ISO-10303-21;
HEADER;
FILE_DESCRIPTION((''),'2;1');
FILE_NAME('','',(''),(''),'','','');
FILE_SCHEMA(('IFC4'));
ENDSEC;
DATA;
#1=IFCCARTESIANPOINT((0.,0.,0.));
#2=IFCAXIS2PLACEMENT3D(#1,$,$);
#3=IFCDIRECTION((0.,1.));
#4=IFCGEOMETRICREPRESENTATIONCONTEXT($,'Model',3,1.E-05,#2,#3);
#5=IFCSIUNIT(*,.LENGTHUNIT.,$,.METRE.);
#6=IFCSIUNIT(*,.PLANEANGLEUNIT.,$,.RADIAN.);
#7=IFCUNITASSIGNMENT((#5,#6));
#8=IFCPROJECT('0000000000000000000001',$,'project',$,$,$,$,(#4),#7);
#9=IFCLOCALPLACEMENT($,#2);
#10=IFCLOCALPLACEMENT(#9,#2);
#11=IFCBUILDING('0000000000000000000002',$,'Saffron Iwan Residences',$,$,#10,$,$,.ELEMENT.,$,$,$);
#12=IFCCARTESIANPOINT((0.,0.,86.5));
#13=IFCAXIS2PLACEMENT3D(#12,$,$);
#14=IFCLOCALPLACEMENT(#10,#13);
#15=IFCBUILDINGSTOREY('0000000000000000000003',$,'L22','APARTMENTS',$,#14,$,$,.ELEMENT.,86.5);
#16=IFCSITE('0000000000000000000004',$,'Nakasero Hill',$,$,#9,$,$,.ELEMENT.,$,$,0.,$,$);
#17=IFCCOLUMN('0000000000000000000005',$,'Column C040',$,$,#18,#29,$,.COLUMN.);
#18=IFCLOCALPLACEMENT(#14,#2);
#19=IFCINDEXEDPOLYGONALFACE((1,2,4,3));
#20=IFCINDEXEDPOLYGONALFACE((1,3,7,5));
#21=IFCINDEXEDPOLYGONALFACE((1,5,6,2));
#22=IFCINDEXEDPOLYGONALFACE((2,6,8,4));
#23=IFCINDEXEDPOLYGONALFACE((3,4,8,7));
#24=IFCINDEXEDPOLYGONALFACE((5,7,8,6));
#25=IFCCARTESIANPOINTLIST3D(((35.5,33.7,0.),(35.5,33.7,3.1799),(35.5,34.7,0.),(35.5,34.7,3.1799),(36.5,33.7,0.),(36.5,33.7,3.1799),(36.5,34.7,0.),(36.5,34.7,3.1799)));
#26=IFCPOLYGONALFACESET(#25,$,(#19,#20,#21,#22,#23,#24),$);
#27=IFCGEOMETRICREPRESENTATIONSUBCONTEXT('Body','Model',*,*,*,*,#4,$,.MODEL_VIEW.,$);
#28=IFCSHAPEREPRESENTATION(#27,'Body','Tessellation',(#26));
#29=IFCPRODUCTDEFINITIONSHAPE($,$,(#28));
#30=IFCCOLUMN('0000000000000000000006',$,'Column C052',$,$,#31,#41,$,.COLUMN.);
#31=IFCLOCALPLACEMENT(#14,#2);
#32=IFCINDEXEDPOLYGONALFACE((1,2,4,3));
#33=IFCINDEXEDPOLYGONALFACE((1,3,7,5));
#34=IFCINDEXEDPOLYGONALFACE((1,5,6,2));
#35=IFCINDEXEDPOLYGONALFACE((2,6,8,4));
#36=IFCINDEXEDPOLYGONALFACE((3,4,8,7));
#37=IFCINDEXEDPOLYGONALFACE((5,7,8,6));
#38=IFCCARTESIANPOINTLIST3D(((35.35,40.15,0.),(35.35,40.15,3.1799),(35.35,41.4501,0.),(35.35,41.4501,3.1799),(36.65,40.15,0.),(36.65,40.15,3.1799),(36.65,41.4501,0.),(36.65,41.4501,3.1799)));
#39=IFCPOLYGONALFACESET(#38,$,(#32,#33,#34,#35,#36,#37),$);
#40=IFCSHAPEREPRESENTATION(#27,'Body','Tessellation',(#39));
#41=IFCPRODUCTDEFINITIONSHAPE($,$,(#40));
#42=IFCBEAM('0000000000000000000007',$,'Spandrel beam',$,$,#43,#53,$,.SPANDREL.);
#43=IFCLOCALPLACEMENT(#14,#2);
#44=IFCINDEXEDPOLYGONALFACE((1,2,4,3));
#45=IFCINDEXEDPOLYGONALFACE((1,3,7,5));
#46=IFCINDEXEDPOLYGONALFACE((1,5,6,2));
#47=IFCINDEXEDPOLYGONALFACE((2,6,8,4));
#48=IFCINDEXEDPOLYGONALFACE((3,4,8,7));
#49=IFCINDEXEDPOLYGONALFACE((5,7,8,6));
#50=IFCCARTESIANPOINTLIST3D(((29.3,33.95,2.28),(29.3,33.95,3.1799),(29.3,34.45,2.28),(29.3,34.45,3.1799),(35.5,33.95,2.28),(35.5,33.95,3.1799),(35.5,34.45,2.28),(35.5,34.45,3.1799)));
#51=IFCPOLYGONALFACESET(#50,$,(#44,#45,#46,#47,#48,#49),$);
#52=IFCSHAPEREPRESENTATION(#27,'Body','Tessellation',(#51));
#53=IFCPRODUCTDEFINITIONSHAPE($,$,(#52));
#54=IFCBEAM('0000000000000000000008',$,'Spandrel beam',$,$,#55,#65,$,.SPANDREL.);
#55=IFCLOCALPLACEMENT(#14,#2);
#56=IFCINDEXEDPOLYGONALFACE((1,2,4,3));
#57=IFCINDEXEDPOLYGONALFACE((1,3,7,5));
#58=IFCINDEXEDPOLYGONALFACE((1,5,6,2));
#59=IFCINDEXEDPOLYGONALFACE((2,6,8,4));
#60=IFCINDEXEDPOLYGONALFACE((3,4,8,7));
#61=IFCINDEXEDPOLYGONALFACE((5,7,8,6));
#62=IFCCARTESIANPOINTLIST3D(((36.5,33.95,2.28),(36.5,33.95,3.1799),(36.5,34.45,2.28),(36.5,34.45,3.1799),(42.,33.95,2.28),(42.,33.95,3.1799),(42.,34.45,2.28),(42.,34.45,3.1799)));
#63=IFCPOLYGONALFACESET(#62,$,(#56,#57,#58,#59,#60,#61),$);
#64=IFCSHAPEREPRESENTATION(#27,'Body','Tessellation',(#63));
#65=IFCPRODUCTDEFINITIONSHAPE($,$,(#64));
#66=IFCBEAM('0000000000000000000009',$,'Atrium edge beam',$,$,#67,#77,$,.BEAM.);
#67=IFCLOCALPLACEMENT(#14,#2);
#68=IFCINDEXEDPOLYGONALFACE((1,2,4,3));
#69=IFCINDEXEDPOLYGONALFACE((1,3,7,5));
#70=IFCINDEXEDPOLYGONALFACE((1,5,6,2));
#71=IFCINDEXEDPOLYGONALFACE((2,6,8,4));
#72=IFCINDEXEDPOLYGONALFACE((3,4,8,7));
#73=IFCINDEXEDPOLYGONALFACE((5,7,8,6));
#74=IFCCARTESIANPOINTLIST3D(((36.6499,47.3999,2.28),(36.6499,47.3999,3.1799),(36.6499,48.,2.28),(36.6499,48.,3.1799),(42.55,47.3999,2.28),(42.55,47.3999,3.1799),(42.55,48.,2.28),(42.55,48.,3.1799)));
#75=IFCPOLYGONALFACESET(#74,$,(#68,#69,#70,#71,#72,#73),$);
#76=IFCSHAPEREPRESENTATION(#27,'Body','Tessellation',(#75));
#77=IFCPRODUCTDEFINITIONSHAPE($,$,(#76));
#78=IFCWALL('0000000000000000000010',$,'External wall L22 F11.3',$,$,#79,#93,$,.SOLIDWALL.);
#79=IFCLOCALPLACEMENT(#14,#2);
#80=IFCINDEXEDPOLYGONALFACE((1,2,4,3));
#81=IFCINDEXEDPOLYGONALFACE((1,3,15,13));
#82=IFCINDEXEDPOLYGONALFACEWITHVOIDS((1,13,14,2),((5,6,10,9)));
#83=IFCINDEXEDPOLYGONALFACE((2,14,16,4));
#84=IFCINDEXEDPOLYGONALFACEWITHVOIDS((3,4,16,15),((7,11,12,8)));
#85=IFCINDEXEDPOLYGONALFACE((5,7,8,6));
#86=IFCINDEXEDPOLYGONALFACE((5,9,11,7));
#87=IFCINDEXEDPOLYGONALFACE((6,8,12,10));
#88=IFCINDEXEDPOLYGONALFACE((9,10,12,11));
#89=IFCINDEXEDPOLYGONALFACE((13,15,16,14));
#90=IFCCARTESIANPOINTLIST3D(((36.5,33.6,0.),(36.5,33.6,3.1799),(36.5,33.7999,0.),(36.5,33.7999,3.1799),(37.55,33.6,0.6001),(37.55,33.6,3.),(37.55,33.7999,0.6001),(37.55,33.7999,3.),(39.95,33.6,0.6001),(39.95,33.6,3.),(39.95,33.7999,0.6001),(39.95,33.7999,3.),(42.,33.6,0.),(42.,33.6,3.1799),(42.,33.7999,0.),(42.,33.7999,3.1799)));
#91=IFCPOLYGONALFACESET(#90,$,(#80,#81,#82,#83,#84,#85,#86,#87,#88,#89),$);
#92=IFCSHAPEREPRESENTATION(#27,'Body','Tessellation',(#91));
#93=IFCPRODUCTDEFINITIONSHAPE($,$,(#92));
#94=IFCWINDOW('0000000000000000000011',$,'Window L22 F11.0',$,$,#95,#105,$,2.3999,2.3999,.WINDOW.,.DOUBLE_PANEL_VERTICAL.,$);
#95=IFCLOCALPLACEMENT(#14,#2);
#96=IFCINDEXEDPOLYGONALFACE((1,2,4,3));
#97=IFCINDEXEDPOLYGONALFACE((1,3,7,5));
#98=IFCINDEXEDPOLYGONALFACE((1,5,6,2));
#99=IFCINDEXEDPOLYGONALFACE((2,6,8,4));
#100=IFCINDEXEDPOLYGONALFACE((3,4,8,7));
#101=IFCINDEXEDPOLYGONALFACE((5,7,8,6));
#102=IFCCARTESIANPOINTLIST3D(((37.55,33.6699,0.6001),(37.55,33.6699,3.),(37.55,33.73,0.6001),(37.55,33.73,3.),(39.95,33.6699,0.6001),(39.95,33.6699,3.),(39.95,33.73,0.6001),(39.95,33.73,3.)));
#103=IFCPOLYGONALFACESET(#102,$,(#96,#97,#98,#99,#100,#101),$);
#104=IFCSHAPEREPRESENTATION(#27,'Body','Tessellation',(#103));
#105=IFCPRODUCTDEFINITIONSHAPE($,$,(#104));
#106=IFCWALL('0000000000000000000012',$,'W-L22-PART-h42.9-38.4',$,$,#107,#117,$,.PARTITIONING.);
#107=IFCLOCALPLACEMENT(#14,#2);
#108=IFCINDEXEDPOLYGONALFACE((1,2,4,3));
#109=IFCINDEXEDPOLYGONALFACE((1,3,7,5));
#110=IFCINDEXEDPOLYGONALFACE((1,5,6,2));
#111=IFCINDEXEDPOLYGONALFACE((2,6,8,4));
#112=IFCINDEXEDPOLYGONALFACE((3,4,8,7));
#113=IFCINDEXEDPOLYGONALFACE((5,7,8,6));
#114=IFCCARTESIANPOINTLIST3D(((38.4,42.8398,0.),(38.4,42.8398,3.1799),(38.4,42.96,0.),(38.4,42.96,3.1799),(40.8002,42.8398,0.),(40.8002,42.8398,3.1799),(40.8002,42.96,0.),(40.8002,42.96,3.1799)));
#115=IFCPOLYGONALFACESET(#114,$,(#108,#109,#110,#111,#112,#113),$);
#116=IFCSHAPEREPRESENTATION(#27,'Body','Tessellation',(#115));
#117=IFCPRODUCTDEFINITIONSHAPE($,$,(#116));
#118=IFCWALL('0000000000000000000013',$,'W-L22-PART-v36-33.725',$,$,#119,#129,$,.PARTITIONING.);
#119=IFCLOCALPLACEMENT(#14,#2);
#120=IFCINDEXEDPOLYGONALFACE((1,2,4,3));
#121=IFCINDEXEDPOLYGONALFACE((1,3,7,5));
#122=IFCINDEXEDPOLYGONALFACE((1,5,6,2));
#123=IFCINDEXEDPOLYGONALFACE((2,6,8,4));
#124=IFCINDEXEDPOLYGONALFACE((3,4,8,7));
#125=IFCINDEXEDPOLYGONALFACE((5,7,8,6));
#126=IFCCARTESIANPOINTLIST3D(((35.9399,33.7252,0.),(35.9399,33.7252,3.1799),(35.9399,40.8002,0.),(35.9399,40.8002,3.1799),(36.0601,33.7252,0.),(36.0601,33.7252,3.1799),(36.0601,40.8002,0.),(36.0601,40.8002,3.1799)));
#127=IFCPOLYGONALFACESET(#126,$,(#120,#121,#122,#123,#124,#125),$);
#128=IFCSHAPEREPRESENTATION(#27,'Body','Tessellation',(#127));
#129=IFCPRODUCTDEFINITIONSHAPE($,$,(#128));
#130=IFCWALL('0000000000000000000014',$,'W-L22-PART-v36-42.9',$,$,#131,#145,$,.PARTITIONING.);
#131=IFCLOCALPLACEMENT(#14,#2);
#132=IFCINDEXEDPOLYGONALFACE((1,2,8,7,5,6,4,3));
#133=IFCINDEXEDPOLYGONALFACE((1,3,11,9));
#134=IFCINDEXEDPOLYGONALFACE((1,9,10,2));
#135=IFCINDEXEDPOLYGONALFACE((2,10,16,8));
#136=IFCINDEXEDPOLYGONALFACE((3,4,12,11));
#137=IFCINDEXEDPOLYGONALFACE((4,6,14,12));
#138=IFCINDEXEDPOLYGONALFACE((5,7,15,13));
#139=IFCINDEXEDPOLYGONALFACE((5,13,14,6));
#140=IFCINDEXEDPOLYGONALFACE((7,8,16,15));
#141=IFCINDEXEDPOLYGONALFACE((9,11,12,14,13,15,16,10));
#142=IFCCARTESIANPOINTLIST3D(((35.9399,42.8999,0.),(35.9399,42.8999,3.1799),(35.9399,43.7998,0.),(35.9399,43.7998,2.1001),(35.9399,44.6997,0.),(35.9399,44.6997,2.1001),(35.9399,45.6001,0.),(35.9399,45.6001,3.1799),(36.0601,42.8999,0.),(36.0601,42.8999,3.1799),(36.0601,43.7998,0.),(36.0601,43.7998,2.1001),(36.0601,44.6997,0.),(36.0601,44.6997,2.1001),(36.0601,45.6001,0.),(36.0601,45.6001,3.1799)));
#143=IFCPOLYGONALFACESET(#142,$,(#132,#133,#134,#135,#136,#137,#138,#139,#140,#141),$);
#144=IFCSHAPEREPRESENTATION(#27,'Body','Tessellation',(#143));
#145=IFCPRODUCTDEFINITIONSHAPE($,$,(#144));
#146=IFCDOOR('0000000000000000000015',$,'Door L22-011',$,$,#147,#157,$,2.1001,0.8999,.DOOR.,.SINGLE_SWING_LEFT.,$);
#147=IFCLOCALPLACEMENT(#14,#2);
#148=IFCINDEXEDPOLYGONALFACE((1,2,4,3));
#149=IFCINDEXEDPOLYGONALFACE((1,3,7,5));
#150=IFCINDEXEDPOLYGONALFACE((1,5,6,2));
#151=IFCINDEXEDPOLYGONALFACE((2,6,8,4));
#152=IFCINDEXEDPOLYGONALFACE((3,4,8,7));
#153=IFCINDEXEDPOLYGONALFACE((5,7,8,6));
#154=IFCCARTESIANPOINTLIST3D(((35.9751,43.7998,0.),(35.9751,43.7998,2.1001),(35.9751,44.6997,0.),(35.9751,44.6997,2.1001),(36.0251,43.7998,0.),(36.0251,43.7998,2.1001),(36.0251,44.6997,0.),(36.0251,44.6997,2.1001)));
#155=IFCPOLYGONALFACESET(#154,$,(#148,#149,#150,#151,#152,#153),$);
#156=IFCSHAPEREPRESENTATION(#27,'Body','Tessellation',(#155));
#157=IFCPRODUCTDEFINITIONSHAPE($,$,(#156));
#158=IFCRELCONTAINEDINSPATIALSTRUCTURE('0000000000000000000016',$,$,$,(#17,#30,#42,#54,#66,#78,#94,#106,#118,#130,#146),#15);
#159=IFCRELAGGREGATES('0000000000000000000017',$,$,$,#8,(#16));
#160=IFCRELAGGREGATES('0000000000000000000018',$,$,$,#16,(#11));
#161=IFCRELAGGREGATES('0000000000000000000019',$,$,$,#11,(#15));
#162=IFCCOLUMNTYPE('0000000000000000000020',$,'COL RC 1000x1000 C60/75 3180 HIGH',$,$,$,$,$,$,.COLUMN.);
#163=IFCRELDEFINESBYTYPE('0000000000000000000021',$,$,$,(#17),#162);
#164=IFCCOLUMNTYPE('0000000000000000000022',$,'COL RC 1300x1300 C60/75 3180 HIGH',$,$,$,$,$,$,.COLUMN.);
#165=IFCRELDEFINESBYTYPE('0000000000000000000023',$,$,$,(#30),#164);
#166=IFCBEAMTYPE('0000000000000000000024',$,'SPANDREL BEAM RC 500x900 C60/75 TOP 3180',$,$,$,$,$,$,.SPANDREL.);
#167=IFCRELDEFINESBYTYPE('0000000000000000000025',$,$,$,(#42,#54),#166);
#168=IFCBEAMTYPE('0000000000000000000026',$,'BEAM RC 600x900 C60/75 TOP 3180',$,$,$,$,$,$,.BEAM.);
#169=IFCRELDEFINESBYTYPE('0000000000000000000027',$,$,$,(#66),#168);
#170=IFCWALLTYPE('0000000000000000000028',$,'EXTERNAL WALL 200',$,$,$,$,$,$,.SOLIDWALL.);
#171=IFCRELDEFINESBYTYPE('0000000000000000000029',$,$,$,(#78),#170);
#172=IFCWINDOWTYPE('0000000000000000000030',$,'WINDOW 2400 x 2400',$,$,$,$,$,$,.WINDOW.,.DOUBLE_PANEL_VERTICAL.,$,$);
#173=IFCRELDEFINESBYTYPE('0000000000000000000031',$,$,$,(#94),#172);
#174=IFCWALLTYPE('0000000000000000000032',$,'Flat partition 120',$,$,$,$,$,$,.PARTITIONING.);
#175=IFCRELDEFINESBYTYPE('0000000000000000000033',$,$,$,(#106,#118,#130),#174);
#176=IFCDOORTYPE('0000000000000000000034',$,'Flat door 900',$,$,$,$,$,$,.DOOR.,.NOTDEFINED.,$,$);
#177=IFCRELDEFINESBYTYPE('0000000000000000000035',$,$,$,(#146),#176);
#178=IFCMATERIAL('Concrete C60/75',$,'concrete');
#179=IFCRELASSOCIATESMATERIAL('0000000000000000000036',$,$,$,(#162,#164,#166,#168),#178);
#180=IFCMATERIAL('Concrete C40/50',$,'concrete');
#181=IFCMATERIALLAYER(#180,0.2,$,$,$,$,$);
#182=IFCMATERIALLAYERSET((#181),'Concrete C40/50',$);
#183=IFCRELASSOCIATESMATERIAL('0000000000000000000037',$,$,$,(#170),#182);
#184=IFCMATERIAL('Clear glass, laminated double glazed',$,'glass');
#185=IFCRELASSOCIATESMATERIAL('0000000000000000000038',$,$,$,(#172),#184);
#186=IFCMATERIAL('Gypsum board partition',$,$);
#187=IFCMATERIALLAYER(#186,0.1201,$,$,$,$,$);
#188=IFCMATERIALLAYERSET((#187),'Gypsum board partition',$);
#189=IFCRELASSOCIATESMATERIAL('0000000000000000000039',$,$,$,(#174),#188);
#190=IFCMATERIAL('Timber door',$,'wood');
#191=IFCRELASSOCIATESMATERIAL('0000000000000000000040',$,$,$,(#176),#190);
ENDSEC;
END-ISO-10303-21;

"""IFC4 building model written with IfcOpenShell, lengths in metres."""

from ifc_helpers import new_model, si_unit, direction, frame, frame_2d, origin, origin_2d, place, context, subcontext, project, spatial, rectangle, extrude, source, transform, mapped, material, layer, layer_set, material_profile, profile_set, type_object, element, fill, save


model = new_model("IFC4")

# Units and contexts
model_context = context("Model", 3, precision=1e-05, world=origin(), true_north=direction((0.0, 1.0)))
body_context = subcontext(model_context, "Body", "Model", "MODEL_VIEW")
ifc_project = project(units=[si_unit("LENGTHUNIT", "METRE"), si_unit("PLANEANGLEUNIT", "RADIAN")], contexts=[model_context])

# Site, building, storey
site_placement = place(None, origin())
site = spatial("IfcSite", under=ifc_project, at=site_placement, Name="Nakasero Hill", CompositionType="ELEMENT", RefElevation=0.0)
building_placement = place(site_placement, origin())
building = spatial("IfcBuilding", under=site, at=building_placement, Name="Saffron Iwan Residences", CompositionType="ELEMENT")
storey_placement = place(building_placement, frame((0.0, 0.0, 86.5)))
storey = spatial("IfcBuildingStorey", under=building, at=storey_placement, Name="L22", Description="APARTMENTS", CompositionType="ELEMENT", Elevation=86.5)

# Columns
ifc_material_1 = material(Name="Concrete C60/75", Category="concrete")
ifc_material_profile_1 = material_profile(ifc_material_1, rectangle(XDim=1.0, YDim=1.0, at=origin_2d()), Name="RC 1000x1000")
ifc_profile_set_1 = profile_set([ifc_material_profile_1], Name="Concrete C60/75")
column_type_1 = type_object("IfcColumnType", Name="COL RC 1000x1000 C60/75 3180 HIGH", PredefinedType="COLUMN", material=ifc_profile_set_1)
shared_shape_1 = source(origin(), body_context, "Body", "SweptSolid", [
    extrude(rectangle(XDim=1.0, YDim=1.0, at=origin_2d()), origin(), (0.0, 0.0, 1.0), 3.1799),
])
column_1_placement = place(storey_placement, frame((36.0, 34.2, 0.0), z_axis=(0.0, 0.0, 1.0), x_axis=(1.0, 0.0, 0.0)))
element("IfcColumn", 1, at=column_1_placement, inside=storey, type_object=column_type_1, Name="Column C040", PredefinedType="COLUMN", context=body_context, shape_type="MappedRepresentation", body=[
    mapped(shared_shape_1, transform((0.0, 0.0, 0.0))),
])
ifc_material_profile_2 = material_profile(ifc_material_1, rectangle(XDim=1.3, YDim=1.3, at=origin_2d()), Name="RC 1300x1300")
ifc_profile_set_2 = profile_set([ifc_material_profile_2], Name="Concrete C60/75")
column_type_2 = type_object("IfcColumnType", Name="COL RC 1300x1300 C60/75 3180 HIGH", PredefinedType="COLUMN", material=ifc_profile_set_2)
shared_shape_2 = source(origin(), body_context, "Body", "SweptSolid", [
    extrude(rectangle(XDim=1.3, YDim=1.3, at=origin_2d()), origin(), (0.0, 0.0, 1.0), 3.1799),
])
column_2_placement = place(storey_placement, frame((36.0, 40.8, 0.0), z_axis=(0.0, 0.0, 1.0), x_axis=(1.0, 0.0, 0.0)))
element("IfcColumn", 2, at=column_2_placement, inside=storey, type_object=column_type_2, Name="Column C052", PredefinedType="COLUMN", context=body_context, shape_type="MappedRepresentation", body=[
    mapped(shared_shape_2, transform((0.0, 0.0, 0.0))),
])

# Beams
ifc_material_profile_3 = material_profile(ifc_material_1, rectangle(XDim=0.5, YDim=0.8999, at=origin_2d()), Name="RC 500x900")
ifc_profile_set_3 = profile_set([ifc_material_profile_3], Name="Concrete C60/75")
beam_type_1 = type_object("IfcBeamType", Name="SPANDREL BEAM RC 500x900 C60/75 TOP 3180", PredefinedType="SPANDREL", material=ifc_profile_set_3)
shared_shape_3 = source(origin(), body_context, "Body", "SweptSolid", [
    extrude(rectangle(XDim=0.5, YDim=0.8999, at=origin_2d()), origin(), (0.0, 0.0, 1.0), 6.2),
])
beam_1_placement = place(storey_placement, frame((35.5, 34.2, 2.73), z_axis=(-1.0, 0.0, 0.0), x_axis=(0.0, -1.0, 0.0)))
element("IfcBeam", 3, at=beam_1_placement, inside=storey, type_object=beam_type_1, Name="Spandrel beam", PredefinedType="SPANDREL", context=body_context, shape_type="MappedRepresentation", body=[
    mapped(shared_shape_3, transform((0.0, 0.0, 0.0))),
])
shared_shape_4 = source(origin(), body_context, "Body", "SweptSolid", [
    extrude(rectangle(XDim=0.5, YDim=0.8999, at=origin_2d()), origin(), (0.0, 0.0, 1.0), 5.5),
])
beam_2_placement = place(storey_placement, frame((42.0, 34.2, 2.73), z_axis=(-1.0, 0.0, 0.0), x_axis=(0.0, -1.0, 0.0)))
element("IfcBeam", 4, at=beam_2_placement, inside=storey, type_object=beam_type_1, Name="Spandrel beam", PredefinedType="SPANDREL", context=body_context, shape_type="MappedRepresentation", body=[
    mapped(shared_shape_4, transform((0.0, 0.0, 0.0))),
])
ifc_material_profile_4 = material_profile(ifc_material_1, rectangle(XDim=0.6001, YDim=0.8999, at=origin_2d()), Name="RC 600x900")
ifc_profile_set_4 = profile_set([ifc_material_profile_4], Name="Concrete C60/75")
beam_type_2 = type_object("IfcBeamType", Name="BEAM RC 600x900 C60/75 TOP 3180", PredefinedType="BEAM", material=ifc_profile_set_4)
shared_shape_5 = source(origin(), body_context, "Body", "SweptSolid", [
    extrude(rectangle(XDim=0.6001, YDim=0.8999, at=origin_2d()), origin(), (0.0, 0.0, 1.0), 5.9001),
])
beam_3_placement = place(storey_placement, frame((42.55, 47.7, 2.73), z_axis=(-1.0, 0.0, 0.0), x_axis=(0.0, -1.0, 0.0)))
element("IfcBeam", 5, at=beam_3_placement, inside=storey, type_object=beam_type_2, Name="Atrium edge beam", PredefinedType="BEAM", context=body_context, shape_type="MappedRepresentation", body=[
    mapped(shared_shape_5, transform((0.0, 0.0, 0.0))),
])

# Wall, opening, window
ifc_material_2 = material(Name="Concrete C40/50", Category="concrete")
ifc_layer_1 = layer(ifc_material_2, 0.2)
ifc_layer_set_1 = layer_set([ifc_layer_1], Name="Concrete C40/50")
wall_type_1 = type_object("IfcWallType", Name="EXTERNAL WALL 200", PredefinedType="SOLIDWALL", material=ifc_layer_set_1)
wall_1_placement = place(storey_placement, frame((36.5, 33.7, 0.0), z_axis=(0.0, 0.0, 1.0), x_axis=(1.0, 0.0, 0.0)))
wall_1 = element("IfcWall", 6, at=wall_1_placement, inside=storey, type_object=wall_type_1, Name="External wall L22 F11.3", PredefinedType="SOLIDWALL", context=body_context, shape_type="SweptSolid", body=[
    extrude(rectangle(XDim=5.5, YDim=0.2, at=frame_2d((2.75, 0.0))), origin(), (0.0, 0.0, 1.0), 3.1799),
])
opening_1_placement = place(wall_1_placement, frame((1.05, 0.0, 0.6001)))
opening_1 = element("IfcOpeningElement", 7, at=opening_1_placement, cuts=wall_1, PredefinedType="OPENING", context=body_context, shape_type="SweptSolid", body=[
    extrude(rectangle(XDim=2.3999, YDim=2.3999, at=frame_2d((1.2, 1.2))), frame((0.0, 0.1099, 0.0), z_axis=(0.0, -1.0, 0.0), x_axis=(1.0, 0.0, 0.0)), (0.0, 0.0, 1.0), 0.22),
])
ifc_material_3 = material(Name="Clear glass, laminated double glazed", Category="glass")
window_type = type_object("IfcWindowType", Name="WINDOW 2400 x 2400", PartitioningType="DOUBLE_PANEL_VERTICAL", PredefinedType="WINDOW", material=ifc_material_3)
window_placement = place(opening_1_placement, origin())
window = element("IfcWindow", 8, at=window_placement, inside=storey, type_object=window_type, Name="Window L22 F11.0", OverallHeight=2.3999, OverallWidth=2.3999, PartitioningType="DOUBLE_PANEL_VERTICAL", PredefinedType="WINDOW", context=body_context, shape_type="SweptSolid", body=[
    extrude(rectangle(XDim=2.3999, YDim=2.3999, at=frame_2d((1.2, 1.2))), frame((0.0, 0.03, 0.0), z_axis=(0.0, -1.0, 0.0), x_axis=(1.0, 0.0, 0.0)), (0.0, 0.0, 1.0), 0.0601),
])
fill(opening_1, window)

# Walls
ifc_material_4 = material(Name="Gypsum board partition")
ifc_layer_2 = layer(ifc_material_4, 0.1201)
ifc_layer_set_2 = layer_set([ifc_layer_2], Name="Gypsum board partition")
wall_type_2 = type_object("IfcWallType", Name="Flat partition 120", PredefinedType="PARTITIONING", material=ifc_layer_set_2)
wall_2_placement = place(storey_placement, frame((38.3999, 42.8999, 0.0), z_axis=(0.0, 0.0, 1.0), x_axis=(1.0, 0.0, 0.0)))
element("IfcWall", 9, at=wall_2_placement, inside=storey, type_object=wall_type_2, Name="W-L22-PART-h42.9-38.4", PredefinedType="PARTITIONING", context=body_context, shape_type="SweptSolid", body=[
    extrude(rectangle(XDim=2.4001, YDim=0.1201, at=frame_2d((1.2002, 0.0))), origin(), (0.0, 0.0, 1.0), 3.1799),
])
wall_3_placement = place(storey_placement, frame((36.0, 33.7251, 0.0), z_axis=(0.0, 0.0, 1.0), x_axis=(0.0, 1.0, 0.0)))
element("IfcWall", 10, at=wall_3_placement, inside=storey, type_object=wall_type_2, Name="W-L22-PART-v36-33.725", PredefinedType="PARTITIONING", context=body_context, shape_type="SweptSolid", body=[
    extrude(rectangle(XDim=7.075, YDim=0.1201, at=frame_2d((3.5376, 0.0))), origin(), (0.0, 0.0, 1.0), 3.1799),
])

# Wall, opening, door
wall_4_placement = place(storey_placement, frame((36.0, 42.8999, 0.0), z_axis=(0.0, 0.0, 1.0), x_axis=(0.0, 1.0, 0.0)))
wall_4 = element("IfcWall", 11, at=wall_4_placement, inside=storey, type_object=wall_type_2, Name="W-L22-PART-v36-42.9", PredefinedType="PARTITIONING", context=body_context, shape_type="SweptSolid", body=[
    extrude(rectangle(XDim=2.7002, YDim=0.1201, at=frame_2d((1.3501, 0.0))), origin(), (0.0, 0.0, 1.0), 3.1799),
])
opening_2_placement = place(wall_4_placement, frame((0.8999, 0.0, 0.0)))
opening_2 = element("IfcOpeningElement", 12, at=opening_2_placement, cuts=wall_4, PredefinedType="OPENING", context=body_context, shape_type="SweptSolid", body=[
    extrude(rectangle(XDim=0.8999, YDim=2.1001, at=frame_2d((0.45, 1.05))), frame((0.0, 0.0701, 0.0), z_axis=(0.0, -1.0, 0.0), x_axis=(1.0, 0.0, 0.0)), (0.0, 0.0, 1.0), 0.1401),
])
ifc_material_5 = material(Name="Timber door", Category="wood")
door_type_1 = type_object("IfcDoorType", Name="Flat door 900", OperationType="NOTDEFINED", PredefinedType="DOOR", material=ifc_material_5)
door_1_placement = place(opening_2_placement, origin())
door_1 = element("IfcDoor", 13, at=door_1_placement, inside=storey, type_object=door_type_1, Name="Door L22-011", OperationType="SINGLE_SWING_LEFT", OverallHeight=2.1001, OverallWidth=0.8999, PredefinedType="DOOR", context=body_context, shape_type="SweptSolid", body=[
    extrude(rectangle(XDim=0.8999, YDim=2.1001, at=frame_2d((0.45, 1.05))), frame((0.0, 0.0249, 0.0), z_axis=(0.0, -1.0, 0.0), x_axis=(1.0, 0.0, 0.0)), (0.0, 0.0, 1.0), 0.05),
])
fill(opening_2, door_1)

save(model, "model.ifc")
